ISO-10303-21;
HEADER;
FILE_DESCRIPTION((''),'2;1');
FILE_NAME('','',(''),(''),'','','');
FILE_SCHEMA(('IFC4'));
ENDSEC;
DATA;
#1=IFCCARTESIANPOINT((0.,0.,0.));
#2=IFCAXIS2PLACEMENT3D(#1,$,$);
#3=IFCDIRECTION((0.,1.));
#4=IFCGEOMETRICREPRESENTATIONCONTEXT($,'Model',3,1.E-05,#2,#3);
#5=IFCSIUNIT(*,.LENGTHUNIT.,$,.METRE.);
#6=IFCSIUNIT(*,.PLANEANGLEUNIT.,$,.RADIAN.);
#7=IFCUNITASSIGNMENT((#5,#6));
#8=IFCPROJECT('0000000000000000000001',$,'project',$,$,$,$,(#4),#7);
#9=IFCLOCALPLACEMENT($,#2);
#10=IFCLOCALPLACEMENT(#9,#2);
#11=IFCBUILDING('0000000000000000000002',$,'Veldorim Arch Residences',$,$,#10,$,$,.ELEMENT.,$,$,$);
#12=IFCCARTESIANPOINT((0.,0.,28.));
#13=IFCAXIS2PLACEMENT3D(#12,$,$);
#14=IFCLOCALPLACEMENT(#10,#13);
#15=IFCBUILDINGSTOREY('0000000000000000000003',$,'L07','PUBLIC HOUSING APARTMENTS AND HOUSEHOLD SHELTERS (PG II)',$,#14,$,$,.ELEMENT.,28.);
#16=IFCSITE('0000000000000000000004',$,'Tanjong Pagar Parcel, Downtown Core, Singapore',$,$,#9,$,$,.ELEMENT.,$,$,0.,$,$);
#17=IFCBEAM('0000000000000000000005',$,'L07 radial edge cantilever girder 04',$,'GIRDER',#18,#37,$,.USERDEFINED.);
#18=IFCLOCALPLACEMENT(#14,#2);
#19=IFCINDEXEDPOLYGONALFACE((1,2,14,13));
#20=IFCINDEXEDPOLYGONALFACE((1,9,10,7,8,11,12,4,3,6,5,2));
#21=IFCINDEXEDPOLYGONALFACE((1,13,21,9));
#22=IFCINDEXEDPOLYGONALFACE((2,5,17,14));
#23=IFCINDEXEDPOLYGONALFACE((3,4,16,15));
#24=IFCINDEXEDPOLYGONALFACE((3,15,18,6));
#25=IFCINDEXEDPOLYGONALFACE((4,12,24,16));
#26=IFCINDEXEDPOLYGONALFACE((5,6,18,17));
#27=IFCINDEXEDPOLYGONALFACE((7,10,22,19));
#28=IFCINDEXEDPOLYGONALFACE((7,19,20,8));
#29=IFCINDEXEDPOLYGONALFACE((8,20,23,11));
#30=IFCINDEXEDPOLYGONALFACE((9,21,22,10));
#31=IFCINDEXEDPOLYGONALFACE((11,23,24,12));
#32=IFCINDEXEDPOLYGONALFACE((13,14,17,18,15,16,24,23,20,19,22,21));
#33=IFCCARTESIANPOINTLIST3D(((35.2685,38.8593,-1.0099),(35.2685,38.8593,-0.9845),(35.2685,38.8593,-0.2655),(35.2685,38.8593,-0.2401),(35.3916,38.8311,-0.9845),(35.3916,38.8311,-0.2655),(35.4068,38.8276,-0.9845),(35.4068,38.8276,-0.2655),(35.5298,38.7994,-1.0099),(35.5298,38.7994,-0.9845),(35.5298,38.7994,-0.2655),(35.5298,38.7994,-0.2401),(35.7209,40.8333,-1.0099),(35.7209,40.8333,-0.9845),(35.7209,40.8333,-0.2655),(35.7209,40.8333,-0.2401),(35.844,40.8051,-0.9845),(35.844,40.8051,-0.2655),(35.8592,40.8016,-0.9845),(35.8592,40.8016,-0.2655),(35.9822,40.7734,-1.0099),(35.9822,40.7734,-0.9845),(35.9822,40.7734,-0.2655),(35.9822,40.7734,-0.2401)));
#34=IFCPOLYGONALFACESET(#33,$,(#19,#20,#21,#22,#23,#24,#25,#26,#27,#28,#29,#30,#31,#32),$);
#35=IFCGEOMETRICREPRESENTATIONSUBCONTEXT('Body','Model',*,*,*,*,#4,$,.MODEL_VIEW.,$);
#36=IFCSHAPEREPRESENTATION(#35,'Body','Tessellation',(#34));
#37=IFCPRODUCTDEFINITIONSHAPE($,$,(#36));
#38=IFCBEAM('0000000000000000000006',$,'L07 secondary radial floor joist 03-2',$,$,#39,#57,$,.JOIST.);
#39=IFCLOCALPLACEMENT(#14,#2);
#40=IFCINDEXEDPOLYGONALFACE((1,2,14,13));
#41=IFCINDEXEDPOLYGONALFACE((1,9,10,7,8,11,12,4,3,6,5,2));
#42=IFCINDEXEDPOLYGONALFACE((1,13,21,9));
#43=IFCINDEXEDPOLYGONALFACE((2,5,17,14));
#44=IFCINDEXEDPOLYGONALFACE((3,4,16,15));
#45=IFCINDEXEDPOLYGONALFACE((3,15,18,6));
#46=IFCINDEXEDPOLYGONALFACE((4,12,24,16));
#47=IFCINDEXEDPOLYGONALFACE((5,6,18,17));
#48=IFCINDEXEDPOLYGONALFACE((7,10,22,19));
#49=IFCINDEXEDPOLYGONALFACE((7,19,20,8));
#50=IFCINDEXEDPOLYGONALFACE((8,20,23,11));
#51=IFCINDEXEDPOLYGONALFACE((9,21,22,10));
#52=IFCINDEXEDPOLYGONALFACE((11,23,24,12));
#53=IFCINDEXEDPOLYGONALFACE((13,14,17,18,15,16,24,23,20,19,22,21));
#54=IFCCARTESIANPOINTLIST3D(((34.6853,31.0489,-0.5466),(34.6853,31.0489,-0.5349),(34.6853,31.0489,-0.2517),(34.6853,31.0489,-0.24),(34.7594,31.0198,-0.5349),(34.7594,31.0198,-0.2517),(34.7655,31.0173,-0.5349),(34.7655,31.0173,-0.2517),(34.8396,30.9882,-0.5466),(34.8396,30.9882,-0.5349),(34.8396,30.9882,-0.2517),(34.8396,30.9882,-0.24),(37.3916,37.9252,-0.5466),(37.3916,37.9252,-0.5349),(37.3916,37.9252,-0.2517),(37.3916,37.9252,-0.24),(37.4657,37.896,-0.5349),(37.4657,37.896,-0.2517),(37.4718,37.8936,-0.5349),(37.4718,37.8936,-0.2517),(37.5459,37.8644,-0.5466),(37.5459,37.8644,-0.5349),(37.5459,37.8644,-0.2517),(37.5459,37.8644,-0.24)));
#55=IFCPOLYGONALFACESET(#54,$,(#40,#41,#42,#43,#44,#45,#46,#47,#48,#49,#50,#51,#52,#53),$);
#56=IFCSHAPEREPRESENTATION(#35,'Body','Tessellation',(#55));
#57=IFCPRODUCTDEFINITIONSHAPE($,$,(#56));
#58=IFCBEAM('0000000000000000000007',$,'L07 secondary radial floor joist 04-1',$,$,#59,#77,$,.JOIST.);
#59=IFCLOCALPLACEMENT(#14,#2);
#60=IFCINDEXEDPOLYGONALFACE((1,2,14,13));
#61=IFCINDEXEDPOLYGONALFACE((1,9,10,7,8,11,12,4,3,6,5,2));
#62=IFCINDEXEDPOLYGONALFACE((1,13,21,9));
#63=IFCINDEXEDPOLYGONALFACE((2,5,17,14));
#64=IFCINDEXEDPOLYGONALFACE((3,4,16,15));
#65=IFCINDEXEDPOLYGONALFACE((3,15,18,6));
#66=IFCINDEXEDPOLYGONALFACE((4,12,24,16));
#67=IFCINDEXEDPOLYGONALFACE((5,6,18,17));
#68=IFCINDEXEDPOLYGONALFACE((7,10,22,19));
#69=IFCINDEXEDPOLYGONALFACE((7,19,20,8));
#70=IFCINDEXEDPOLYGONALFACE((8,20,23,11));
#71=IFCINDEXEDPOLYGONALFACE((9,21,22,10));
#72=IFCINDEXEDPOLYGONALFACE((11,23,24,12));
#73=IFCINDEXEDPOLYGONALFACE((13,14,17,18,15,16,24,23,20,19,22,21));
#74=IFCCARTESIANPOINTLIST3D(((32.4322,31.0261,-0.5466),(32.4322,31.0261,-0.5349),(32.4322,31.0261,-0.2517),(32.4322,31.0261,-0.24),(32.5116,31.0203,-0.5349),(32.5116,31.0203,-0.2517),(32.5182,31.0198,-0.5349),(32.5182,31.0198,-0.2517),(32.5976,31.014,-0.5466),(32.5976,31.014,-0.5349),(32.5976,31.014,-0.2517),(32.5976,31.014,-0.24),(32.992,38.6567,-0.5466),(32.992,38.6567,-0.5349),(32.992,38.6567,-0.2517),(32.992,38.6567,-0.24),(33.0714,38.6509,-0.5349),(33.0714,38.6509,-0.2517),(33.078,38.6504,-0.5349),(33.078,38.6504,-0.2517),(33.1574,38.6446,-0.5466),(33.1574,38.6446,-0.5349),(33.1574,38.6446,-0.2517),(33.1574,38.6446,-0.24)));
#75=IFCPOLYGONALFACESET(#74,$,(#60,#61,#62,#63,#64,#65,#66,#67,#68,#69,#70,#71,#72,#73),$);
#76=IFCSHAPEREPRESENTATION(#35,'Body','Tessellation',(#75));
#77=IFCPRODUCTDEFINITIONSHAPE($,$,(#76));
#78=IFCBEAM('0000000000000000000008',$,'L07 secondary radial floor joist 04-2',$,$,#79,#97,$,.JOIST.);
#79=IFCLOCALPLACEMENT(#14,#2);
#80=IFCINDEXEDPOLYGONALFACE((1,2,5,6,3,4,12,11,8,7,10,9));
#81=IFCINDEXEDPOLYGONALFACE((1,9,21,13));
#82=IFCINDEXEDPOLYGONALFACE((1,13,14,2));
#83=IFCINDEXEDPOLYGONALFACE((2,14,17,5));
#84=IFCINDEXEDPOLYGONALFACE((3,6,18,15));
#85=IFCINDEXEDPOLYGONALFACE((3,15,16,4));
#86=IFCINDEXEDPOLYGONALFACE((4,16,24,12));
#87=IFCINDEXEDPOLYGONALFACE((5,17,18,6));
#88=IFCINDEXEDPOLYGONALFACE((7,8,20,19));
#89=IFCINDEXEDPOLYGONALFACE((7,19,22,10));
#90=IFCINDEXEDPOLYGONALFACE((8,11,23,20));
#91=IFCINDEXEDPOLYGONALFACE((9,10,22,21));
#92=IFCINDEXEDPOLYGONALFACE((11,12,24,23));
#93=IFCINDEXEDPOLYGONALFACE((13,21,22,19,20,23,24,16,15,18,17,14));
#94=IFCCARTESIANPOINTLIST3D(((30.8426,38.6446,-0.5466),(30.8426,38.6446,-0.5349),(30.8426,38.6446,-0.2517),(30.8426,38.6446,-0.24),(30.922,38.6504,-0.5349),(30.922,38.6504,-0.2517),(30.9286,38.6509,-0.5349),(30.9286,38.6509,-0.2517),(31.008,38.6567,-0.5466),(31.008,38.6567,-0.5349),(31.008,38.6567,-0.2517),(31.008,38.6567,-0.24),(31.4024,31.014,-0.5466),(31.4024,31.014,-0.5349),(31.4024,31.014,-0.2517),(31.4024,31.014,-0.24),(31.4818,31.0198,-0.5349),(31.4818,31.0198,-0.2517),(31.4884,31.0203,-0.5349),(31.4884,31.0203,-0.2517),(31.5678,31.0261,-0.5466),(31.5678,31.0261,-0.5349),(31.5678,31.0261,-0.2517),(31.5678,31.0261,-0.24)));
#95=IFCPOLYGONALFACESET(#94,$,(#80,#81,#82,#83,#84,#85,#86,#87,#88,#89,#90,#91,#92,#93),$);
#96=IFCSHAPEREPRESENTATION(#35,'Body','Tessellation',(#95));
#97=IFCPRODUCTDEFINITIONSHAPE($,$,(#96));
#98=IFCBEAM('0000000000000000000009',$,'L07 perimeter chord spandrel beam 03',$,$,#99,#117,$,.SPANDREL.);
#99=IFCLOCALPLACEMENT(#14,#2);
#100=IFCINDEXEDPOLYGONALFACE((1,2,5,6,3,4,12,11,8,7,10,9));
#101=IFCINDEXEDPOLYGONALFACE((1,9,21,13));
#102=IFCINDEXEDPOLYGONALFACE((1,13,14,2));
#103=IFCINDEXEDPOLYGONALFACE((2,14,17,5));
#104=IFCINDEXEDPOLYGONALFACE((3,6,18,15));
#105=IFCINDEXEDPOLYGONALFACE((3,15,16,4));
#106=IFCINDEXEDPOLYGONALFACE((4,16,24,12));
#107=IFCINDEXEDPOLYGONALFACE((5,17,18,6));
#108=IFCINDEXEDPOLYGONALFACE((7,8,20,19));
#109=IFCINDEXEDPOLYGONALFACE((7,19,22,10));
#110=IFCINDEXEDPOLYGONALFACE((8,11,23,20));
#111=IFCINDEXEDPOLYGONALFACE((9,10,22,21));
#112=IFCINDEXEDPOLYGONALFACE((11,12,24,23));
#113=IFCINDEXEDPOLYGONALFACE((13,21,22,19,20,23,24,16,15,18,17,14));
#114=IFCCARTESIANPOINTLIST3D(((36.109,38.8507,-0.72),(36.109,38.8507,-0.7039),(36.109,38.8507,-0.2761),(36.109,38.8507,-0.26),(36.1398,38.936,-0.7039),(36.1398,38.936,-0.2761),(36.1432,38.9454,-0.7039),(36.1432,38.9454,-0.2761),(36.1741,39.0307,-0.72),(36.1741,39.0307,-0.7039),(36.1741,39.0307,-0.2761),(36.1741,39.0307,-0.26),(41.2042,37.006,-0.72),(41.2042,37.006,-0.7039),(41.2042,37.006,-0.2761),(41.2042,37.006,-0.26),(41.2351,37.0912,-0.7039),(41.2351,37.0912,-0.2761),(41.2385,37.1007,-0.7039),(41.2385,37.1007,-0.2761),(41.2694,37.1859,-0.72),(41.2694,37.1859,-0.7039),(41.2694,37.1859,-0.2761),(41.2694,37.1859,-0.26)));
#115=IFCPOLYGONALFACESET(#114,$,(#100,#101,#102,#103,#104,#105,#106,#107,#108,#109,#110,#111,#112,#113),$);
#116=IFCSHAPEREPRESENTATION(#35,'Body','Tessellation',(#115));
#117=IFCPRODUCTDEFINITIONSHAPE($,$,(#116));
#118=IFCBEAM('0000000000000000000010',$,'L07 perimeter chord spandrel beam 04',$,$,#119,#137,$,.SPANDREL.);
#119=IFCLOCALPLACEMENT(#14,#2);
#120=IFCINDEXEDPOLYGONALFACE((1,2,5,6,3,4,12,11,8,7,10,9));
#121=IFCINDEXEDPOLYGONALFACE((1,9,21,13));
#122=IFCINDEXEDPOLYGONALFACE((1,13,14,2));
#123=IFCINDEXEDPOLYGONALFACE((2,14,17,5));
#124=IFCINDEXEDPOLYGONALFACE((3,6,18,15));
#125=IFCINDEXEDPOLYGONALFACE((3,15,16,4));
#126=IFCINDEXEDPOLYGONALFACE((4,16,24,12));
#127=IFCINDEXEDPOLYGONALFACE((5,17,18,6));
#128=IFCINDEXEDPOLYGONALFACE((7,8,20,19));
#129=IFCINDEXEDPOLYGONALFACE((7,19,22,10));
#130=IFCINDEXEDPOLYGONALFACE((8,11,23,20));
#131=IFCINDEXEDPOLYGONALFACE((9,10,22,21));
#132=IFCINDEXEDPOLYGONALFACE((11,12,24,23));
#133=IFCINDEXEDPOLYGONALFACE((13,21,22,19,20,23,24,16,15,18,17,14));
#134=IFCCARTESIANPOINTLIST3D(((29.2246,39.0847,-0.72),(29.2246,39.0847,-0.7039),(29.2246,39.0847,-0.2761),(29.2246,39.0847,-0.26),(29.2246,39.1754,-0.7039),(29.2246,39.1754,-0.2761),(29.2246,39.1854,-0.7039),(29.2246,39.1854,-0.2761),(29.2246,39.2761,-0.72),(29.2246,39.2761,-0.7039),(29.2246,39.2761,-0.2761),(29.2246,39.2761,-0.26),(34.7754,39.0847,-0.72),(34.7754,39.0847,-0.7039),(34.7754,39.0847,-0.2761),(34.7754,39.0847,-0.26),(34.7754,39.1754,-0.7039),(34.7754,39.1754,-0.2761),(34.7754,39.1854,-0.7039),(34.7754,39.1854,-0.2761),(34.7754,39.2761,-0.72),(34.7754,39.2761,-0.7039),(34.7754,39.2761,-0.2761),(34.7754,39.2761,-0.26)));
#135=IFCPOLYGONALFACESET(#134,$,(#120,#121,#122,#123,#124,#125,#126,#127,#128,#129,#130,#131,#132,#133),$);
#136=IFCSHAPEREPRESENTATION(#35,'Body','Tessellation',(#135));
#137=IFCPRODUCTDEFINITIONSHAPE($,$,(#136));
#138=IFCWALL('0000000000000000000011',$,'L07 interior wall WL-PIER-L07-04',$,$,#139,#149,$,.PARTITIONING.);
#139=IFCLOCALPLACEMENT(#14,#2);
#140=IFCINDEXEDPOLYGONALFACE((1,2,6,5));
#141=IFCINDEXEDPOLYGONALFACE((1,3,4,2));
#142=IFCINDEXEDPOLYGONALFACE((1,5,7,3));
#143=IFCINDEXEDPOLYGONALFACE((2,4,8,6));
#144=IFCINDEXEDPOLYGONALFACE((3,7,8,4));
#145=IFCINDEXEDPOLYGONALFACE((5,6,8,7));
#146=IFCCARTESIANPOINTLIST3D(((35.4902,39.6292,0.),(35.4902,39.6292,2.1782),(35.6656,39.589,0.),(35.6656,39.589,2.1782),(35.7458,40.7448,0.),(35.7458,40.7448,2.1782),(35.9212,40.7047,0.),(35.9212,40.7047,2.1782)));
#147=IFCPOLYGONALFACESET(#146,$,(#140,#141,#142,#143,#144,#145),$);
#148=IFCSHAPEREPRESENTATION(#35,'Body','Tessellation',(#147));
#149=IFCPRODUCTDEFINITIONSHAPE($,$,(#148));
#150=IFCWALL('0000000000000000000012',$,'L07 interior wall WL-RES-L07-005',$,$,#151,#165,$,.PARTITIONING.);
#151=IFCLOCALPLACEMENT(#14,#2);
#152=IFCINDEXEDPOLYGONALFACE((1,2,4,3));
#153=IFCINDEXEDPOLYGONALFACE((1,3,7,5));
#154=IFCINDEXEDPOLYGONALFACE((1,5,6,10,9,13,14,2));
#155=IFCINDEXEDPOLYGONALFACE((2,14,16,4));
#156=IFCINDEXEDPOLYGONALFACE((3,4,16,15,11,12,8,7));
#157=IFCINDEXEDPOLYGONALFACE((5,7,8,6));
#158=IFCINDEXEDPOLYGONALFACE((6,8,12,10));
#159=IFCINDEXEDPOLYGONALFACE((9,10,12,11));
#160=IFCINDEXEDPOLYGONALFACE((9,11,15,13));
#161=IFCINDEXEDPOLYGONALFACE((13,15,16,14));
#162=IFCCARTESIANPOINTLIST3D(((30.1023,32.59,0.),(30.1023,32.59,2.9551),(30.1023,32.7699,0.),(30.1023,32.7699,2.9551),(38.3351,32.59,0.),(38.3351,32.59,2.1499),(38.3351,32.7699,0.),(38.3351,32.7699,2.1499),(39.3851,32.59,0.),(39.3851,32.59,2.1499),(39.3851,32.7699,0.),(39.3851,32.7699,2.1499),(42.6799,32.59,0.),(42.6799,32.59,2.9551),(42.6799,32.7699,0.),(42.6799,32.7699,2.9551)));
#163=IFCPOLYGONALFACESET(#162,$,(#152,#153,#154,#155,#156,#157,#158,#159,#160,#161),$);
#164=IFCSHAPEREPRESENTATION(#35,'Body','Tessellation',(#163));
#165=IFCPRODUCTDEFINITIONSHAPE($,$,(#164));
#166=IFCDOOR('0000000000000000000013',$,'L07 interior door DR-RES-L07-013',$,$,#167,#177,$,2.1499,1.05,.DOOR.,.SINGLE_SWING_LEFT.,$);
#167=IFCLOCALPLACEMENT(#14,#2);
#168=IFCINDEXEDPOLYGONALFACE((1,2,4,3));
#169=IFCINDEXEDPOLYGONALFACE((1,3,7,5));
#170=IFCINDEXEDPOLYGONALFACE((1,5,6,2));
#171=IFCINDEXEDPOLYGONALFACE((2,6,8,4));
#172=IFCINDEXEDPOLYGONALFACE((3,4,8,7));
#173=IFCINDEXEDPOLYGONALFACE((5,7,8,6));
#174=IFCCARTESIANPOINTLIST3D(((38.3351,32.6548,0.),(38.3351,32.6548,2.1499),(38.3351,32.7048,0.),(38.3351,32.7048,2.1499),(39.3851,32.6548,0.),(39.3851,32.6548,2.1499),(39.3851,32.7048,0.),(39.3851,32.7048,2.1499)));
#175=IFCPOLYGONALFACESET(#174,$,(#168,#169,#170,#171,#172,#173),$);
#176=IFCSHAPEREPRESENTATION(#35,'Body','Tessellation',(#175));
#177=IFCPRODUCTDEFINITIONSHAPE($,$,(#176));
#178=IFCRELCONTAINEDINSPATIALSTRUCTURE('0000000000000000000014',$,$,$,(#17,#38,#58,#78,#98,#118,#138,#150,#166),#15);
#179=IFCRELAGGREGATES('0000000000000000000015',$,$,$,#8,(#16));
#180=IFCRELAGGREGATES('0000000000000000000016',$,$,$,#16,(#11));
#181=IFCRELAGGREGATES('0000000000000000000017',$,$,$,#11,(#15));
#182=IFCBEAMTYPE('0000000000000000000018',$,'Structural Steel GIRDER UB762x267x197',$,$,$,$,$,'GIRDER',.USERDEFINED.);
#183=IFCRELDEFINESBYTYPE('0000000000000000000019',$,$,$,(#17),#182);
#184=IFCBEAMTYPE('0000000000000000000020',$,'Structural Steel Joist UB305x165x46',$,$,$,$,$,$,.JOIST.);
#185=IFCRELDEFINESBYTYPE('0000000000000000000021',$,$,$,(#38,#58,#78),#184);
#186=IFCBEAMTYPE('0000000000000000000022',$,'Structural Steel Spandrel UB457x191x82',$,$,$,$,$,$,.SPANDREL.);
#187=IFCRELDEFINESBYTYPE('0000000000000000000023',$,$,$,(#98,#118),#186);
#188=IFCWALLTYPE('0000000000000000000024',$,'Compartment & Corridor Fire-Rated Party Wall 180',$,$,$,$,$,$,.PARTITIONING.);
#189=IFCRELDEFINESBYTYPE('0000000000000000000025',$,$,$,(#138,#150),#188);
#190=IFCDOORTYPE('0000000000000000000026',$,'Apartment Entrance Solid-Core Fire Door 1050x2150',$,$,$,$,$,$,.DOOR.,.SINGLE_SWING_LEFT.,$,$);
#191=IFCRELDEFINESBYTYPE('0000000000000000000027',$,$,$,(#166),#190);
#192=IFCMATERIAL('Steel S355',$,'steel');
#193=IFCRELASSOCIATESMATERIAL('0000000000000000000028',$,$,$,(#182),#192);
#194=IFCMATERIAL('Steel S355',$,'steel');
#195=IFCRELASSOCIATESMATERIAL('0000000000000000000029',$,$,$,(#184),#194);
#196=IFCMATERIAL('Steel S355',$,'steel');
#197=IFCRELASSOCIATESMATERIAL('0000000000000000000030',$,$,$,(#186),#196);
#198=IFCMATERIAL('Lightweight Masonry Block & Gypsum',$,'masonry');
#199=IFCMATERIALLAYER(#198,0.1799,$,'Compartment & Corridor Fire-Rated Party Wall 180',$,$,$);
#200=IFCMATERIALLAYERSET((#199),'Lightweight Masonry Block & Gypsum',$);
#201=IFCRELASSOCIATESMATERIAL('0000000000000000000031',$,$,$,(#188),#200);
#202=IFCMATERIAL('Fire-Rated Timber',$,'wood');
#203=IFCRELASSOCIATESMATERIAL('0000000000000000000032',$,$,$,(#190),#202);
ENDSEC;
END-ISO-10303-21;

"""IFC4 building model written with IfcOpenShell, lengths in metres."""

from ifc_helpers import new_model, si_unit, direction, frame, frame_2d, origin, origin_2d, place, context, subcontext, project, spatial, rectangle, i_section, extrude, material, layer, layer_set, material_profile, profile_set, type_object, element, fill, save


model = new_model("IFC4")

# Units and contexts
model_context = context("Model", 3, precision=1e-05, world=origin(), true_north=direction((0.0, 1.0)))
body_context = subcontext(model_context, "Body", "Model", "MODEL_VIEW")
ifc_project = project(units=[si_unit("LENGTHUNIT", "METRE"), si_unit("PLANEANGLEUNIT", "RADIAN")], contexts=[model_context])

# Site, building, storey
site_placement = place(None, origin())
site = spatial("IfcSite", under=ifc_project, at=site_placement, Name="Tanjong Pagar Parcel, Downtown Core, Singapore", CompositionType="ELEMENT", RefElevation=0.0)
building_placement = place(site_placement, origin())
building = spatial("IfcBuilding", under=site, at=building_placement, Name="Veldorim Arch Residences", CompositionType="ELEMENT")
storey_placement = place(building_placement, frame((0.0, 0.0, 28.0)))
storey = spatial("IfcBuildingStorey", under=building, at=storey_placement, Name="L07", Description="PUBLIC HOUSING APARTMENTS AND HOUSEHOLD SHELTERS (PG II)", CompositionType="ELEMENT", Elevation=28.0)

# Beams
ifc_material_1 = material(Name="Steel S355", Category="steel")
ifc_material_profile_1 = material_profile(ifc_material_1, i_section(OverallWidth=0.2681, OverallDepth=0.7698, WebThickness=0.0156, FlangeThickness=0.0254, at=origin_2d()), Name="UB762x267x197")
ifc_profile_set_1 = profile_set([ifc_material_profile_1], Name="Steel S355")
beam_type_1 = type_object("IfcBeamType", Name="Structural Steel GIRDER UB762x267x197", ElementType="GIRDER", PredefinedType="USERDEFINED", material=ifc_profile_set_1)
beam_1_placement = place(storey_placement, frame((35.3992, 38.8293, -0.625), z_axis=(0.223398, 0.974727, 0.0), x_axis=(-0.974727, 0.223398, 0.0)))
element("IfcBeam", 1, at=beam_1_placement, inside=storey, type_object=beam_type_1, Name="L07 radial edge cantilever girder 04", ObjectType="GIRDER", PredefinedType="USERDEFINED", context=body_context, shape_type="SweptSolid", body=[
    extrude(i_section(OverallWidth=0.2681, OverallDepth=0.7698, WebThickness=0.0156, FlangeThickness=0.0254, at=origin_2d()), origin(), (0.0, 0.0, 1.0), 2.0251),
])
ifc_material_2 = material(Name="Steel S355", Category="steel")
ifc_material_profile_2 = material_profile(ifc_material_2, i_section(OverallWidth=0.1658, OverallDepth=0.3066, WebThickness=0.0066, FlangeThickness=0.0117, at=origin_2d()), Name="UB305x165x46")
ifc_profile_set_2 = profile_set([ifc_material_profile_2], Name="Steel S355")
beam_type_2 = type_object("IfcBeamType", Name="Structural Steel Joist UB305x165x46", PredefinedType="JOIST", material=ifc_profile_set_2)
beam_2_placement = place(storey_placement, frame((34.7625, 31.0186, -0.3933), z_axis=(0.36623, 0.930524, 0.0), x_axis=(-0.930524, 0.36623, 0.0)))
element("IfcBeam", 2, at=beam_2_placement, inside=storey, type_object=beam_type_2, Name="L07 secondary radial floor joist 03-2", PredefinedType="JOIST", context=body_context, shape_type="SweptSolid", body=[
    extrude(i_section(OverallWidth=0.1658, OverallDepth=0.3066, WebThickness=0.0066, FlangeThickness=0.0117, at=origin_2d()), origin(), (0.0, 0.0, 1.0), 7.3896),
])
for number, where, z_axis, x_axis, name in (
    (3, (32.5149, 31.02, -0.3933), (0.073168, 0.99732, 0.0), (-0.99732, 0.073168, 0.0), "L07 secondary radial floor joist 04-1"),
    (4, (31.4851, 31.02, -0.3933), (-0.073168, 0.99732, 0.0), (-0.99732, -0.073168, 0.0), "L07 secondary radial floor joist 04-2"),
):
    element("IfcBeam", number, at=place(storey_placement, frame(where, z_axis=z_axis, x_axis=x_axis)), inside=storey, type_object=beam_type_2, Name=name, PredefinedType="JOIST", context=body_context, shape_type="SweptSolid", body=[
        extrude(i_section(OverallWidth=0.1658, OverallDepth=0.3066, WebThickness=0.0066, FlangeThickness=0.0117, at=origin_2d()), origin(), (0.0, 0.0, 1.0), 7.6511),
    ])
ifc_material_3 = material(Name="Steel S355", Category="steel")
ifc_material_profile_3 = material_profile(ifc_material_3, i_section(OverallWidth=0.1914, OverallDepth=0.46, WebThickness=0.01, FlangeThickness=0.0161, at=origin_2d()), Name="UB457x191x82")
ifc_profile_set_3 = profile_set([ifc_material_profile_3], Name="Steel S355")
beam_type_3 = type_object("IfcBeamType", Name="Structural Steel Spandrel UB457x191x82", PredefinedType="SPANDREL", material=ifc_profile_set_3)
beam_3_placement = place(storey_placement, frame((41.2368, 37.0959, -0.49), z_axis=(-0.940271, 0.340426, 0.0), x_axis=(-0.340426, -0.940271, 0.0)))
element("IfcBeam", 5, at=beam_3_placement, inside=storey, type_object=beam_type_3, Name="L07 perimeter chord spandrel beam 03", PredefinedType="SPANDREL", context=body_context, shape_type="SweptSolid", body=[
    extrude(i_section(OverallWidth=0.1914, OverallDepth=0.46, WebThickness=0.01, FlangeThickness=0.0161, at=origin_2d()), origin(), (0.0, 0.0, 1.0), 5.4189),
])
beam_4_placement = place(storey_placement, frame((34.7754, 39.1804, -0.49), z_axis=(-1.0, 0.0, 0.0), x_axis=(0.0, -1.0, 0.0)))
element("IfcBeam", 6, at=beam_4_placement, inside=storey, type_object=beam_type_3, Name="L07 perimeter chord spandrel beam 04", PredefinedType="SPANDREL", context=body_context, shape_type="SweptSolid", body=[
    extrude(i_section(OverallWidth=0.1914, OverallDepth=0.46, WebThickness=0.01, FlangeThickness=0.0161, at=origin_2d()), origin(), (0.0, 0.0, 1.0), 5.5508),
])

# Wall
ifc_material_4 = material(Name="Lightweight Masonry Block & Gypsum", Category="masonry")
ifc_layer_1 = layer(ifc_material_4, 0.1799, Name="Compartment & Corridor Fire-Rated Party Wall 180")
ifc_layer_set_1 = layer_set([ifc_layer_1], Name="Lightweight Masonry Block & Gypsum")
wall_type_1 = type_object("IfcWallType", Name="Compartment & Corridor Fire-Rated Party Wall 180", PredefinedType="PARTITIONING", material=ifc_layer_set_1)
wall_1_placement = place(storey_placement, frame((35.5779, 39.6091, 0.0), z_axis=(0.0, 0.0, 1.0), x_axis=(0.223317, 0.974746, 0.0)))
element("IfcWall", 7, at=wall_1_placement, inside=storey, type_object=wall_type_1, Name="L07 interior wall WL-PIER-L07-04", PredefinedType="PARTITIONING", context=body_context, shape_type="SweptSolid", body=[
    extrude(rectangle(XDim=1.1445, YDim=0.1799, at=frame_2d((0.5723, 0.0))), origin(), (0.0, 0.0, 1.0), 2.1782),
])

# Wall, opening, door
wall_2_placement = place(storey_placement, frame((30.1023, 32.6799, 0.0), z_axis=(0.0, 0.0, 1.0), x_axis=(1.0, 0.0, 0.0)))
wall_2 = element("IfcWall", 8, at=wall_2_placement, inside=storey, type_object=wall_type_1, Name="L07 interior wall WL-RES-L07-005", PredefinedType="PARTITIONING", context=body_context, shape_type="SweptSolid", body=[
    extrude(rectangle(XDim=12.5776, YDim=0.1799, at=frame_2d((6.2888, 0.0))), origin(), (0.0, 0.0, 1.0), 2.9551),
])
opening_1_placement = place(wall_2_placement, frame((8.2329, 0.0, 0.0)))
opening_1 = element("IfcOpeningElement", 9, at=opening_1_placement, cuts=wall_2, PredefinedType="OPENING", context=body_context, shape_type="SweptSolid", body=[
    extrude(rectangle(XDim=1.05, YDim=2.1499, at=frame_2d((0.5249, 1.075))), frame((0.0, 0.0999, 0.0), z_axis=(0.0, -1.0, 0.0), x_axis=(1.0, 0.0, 0.0)), (0.0, 0.0, 1.0), 0.2),
])
ifc_material_5 = material(Name="Fire-Rated Timber", Category="wood")
door_type_1 = type_object("IfcDoorType", Name="Apartment Entrance Solid-Core Fire Door 1050x2150", OperationType="SINGLE_SWING_LEFT", PredefinedType="DOOR", material=ifc_material_5)
door_1_placement = place(opening_1_placement, origin())
door_1 = element("IfcDoor", 10, at=door_1_placement, inside=storey, type_object=door_type_1, Name="L07 interior door DR-RES-L07-013", OperationType="SINGLE_SWING_LEFT", OverallHeight=2.1499, OverallWidth=1.05, PredefinedType="DOOR", context=body_context, shape_type="SweptSolid", body=[
    extrude(rectangle(XDim=1.05, YDim=2.1499, at=frame_2d((0.5249, 1.075))), frame((0.0, 0.0249, 0.0), z_axis=(0.0, -1.0, 0.0), x_axis=(1.0, 0.0, 0.0)), (0.0, 0.0, 1.0), 0.05),
])
fill(opening_1, door_1)

save(model, "model.ifc")
